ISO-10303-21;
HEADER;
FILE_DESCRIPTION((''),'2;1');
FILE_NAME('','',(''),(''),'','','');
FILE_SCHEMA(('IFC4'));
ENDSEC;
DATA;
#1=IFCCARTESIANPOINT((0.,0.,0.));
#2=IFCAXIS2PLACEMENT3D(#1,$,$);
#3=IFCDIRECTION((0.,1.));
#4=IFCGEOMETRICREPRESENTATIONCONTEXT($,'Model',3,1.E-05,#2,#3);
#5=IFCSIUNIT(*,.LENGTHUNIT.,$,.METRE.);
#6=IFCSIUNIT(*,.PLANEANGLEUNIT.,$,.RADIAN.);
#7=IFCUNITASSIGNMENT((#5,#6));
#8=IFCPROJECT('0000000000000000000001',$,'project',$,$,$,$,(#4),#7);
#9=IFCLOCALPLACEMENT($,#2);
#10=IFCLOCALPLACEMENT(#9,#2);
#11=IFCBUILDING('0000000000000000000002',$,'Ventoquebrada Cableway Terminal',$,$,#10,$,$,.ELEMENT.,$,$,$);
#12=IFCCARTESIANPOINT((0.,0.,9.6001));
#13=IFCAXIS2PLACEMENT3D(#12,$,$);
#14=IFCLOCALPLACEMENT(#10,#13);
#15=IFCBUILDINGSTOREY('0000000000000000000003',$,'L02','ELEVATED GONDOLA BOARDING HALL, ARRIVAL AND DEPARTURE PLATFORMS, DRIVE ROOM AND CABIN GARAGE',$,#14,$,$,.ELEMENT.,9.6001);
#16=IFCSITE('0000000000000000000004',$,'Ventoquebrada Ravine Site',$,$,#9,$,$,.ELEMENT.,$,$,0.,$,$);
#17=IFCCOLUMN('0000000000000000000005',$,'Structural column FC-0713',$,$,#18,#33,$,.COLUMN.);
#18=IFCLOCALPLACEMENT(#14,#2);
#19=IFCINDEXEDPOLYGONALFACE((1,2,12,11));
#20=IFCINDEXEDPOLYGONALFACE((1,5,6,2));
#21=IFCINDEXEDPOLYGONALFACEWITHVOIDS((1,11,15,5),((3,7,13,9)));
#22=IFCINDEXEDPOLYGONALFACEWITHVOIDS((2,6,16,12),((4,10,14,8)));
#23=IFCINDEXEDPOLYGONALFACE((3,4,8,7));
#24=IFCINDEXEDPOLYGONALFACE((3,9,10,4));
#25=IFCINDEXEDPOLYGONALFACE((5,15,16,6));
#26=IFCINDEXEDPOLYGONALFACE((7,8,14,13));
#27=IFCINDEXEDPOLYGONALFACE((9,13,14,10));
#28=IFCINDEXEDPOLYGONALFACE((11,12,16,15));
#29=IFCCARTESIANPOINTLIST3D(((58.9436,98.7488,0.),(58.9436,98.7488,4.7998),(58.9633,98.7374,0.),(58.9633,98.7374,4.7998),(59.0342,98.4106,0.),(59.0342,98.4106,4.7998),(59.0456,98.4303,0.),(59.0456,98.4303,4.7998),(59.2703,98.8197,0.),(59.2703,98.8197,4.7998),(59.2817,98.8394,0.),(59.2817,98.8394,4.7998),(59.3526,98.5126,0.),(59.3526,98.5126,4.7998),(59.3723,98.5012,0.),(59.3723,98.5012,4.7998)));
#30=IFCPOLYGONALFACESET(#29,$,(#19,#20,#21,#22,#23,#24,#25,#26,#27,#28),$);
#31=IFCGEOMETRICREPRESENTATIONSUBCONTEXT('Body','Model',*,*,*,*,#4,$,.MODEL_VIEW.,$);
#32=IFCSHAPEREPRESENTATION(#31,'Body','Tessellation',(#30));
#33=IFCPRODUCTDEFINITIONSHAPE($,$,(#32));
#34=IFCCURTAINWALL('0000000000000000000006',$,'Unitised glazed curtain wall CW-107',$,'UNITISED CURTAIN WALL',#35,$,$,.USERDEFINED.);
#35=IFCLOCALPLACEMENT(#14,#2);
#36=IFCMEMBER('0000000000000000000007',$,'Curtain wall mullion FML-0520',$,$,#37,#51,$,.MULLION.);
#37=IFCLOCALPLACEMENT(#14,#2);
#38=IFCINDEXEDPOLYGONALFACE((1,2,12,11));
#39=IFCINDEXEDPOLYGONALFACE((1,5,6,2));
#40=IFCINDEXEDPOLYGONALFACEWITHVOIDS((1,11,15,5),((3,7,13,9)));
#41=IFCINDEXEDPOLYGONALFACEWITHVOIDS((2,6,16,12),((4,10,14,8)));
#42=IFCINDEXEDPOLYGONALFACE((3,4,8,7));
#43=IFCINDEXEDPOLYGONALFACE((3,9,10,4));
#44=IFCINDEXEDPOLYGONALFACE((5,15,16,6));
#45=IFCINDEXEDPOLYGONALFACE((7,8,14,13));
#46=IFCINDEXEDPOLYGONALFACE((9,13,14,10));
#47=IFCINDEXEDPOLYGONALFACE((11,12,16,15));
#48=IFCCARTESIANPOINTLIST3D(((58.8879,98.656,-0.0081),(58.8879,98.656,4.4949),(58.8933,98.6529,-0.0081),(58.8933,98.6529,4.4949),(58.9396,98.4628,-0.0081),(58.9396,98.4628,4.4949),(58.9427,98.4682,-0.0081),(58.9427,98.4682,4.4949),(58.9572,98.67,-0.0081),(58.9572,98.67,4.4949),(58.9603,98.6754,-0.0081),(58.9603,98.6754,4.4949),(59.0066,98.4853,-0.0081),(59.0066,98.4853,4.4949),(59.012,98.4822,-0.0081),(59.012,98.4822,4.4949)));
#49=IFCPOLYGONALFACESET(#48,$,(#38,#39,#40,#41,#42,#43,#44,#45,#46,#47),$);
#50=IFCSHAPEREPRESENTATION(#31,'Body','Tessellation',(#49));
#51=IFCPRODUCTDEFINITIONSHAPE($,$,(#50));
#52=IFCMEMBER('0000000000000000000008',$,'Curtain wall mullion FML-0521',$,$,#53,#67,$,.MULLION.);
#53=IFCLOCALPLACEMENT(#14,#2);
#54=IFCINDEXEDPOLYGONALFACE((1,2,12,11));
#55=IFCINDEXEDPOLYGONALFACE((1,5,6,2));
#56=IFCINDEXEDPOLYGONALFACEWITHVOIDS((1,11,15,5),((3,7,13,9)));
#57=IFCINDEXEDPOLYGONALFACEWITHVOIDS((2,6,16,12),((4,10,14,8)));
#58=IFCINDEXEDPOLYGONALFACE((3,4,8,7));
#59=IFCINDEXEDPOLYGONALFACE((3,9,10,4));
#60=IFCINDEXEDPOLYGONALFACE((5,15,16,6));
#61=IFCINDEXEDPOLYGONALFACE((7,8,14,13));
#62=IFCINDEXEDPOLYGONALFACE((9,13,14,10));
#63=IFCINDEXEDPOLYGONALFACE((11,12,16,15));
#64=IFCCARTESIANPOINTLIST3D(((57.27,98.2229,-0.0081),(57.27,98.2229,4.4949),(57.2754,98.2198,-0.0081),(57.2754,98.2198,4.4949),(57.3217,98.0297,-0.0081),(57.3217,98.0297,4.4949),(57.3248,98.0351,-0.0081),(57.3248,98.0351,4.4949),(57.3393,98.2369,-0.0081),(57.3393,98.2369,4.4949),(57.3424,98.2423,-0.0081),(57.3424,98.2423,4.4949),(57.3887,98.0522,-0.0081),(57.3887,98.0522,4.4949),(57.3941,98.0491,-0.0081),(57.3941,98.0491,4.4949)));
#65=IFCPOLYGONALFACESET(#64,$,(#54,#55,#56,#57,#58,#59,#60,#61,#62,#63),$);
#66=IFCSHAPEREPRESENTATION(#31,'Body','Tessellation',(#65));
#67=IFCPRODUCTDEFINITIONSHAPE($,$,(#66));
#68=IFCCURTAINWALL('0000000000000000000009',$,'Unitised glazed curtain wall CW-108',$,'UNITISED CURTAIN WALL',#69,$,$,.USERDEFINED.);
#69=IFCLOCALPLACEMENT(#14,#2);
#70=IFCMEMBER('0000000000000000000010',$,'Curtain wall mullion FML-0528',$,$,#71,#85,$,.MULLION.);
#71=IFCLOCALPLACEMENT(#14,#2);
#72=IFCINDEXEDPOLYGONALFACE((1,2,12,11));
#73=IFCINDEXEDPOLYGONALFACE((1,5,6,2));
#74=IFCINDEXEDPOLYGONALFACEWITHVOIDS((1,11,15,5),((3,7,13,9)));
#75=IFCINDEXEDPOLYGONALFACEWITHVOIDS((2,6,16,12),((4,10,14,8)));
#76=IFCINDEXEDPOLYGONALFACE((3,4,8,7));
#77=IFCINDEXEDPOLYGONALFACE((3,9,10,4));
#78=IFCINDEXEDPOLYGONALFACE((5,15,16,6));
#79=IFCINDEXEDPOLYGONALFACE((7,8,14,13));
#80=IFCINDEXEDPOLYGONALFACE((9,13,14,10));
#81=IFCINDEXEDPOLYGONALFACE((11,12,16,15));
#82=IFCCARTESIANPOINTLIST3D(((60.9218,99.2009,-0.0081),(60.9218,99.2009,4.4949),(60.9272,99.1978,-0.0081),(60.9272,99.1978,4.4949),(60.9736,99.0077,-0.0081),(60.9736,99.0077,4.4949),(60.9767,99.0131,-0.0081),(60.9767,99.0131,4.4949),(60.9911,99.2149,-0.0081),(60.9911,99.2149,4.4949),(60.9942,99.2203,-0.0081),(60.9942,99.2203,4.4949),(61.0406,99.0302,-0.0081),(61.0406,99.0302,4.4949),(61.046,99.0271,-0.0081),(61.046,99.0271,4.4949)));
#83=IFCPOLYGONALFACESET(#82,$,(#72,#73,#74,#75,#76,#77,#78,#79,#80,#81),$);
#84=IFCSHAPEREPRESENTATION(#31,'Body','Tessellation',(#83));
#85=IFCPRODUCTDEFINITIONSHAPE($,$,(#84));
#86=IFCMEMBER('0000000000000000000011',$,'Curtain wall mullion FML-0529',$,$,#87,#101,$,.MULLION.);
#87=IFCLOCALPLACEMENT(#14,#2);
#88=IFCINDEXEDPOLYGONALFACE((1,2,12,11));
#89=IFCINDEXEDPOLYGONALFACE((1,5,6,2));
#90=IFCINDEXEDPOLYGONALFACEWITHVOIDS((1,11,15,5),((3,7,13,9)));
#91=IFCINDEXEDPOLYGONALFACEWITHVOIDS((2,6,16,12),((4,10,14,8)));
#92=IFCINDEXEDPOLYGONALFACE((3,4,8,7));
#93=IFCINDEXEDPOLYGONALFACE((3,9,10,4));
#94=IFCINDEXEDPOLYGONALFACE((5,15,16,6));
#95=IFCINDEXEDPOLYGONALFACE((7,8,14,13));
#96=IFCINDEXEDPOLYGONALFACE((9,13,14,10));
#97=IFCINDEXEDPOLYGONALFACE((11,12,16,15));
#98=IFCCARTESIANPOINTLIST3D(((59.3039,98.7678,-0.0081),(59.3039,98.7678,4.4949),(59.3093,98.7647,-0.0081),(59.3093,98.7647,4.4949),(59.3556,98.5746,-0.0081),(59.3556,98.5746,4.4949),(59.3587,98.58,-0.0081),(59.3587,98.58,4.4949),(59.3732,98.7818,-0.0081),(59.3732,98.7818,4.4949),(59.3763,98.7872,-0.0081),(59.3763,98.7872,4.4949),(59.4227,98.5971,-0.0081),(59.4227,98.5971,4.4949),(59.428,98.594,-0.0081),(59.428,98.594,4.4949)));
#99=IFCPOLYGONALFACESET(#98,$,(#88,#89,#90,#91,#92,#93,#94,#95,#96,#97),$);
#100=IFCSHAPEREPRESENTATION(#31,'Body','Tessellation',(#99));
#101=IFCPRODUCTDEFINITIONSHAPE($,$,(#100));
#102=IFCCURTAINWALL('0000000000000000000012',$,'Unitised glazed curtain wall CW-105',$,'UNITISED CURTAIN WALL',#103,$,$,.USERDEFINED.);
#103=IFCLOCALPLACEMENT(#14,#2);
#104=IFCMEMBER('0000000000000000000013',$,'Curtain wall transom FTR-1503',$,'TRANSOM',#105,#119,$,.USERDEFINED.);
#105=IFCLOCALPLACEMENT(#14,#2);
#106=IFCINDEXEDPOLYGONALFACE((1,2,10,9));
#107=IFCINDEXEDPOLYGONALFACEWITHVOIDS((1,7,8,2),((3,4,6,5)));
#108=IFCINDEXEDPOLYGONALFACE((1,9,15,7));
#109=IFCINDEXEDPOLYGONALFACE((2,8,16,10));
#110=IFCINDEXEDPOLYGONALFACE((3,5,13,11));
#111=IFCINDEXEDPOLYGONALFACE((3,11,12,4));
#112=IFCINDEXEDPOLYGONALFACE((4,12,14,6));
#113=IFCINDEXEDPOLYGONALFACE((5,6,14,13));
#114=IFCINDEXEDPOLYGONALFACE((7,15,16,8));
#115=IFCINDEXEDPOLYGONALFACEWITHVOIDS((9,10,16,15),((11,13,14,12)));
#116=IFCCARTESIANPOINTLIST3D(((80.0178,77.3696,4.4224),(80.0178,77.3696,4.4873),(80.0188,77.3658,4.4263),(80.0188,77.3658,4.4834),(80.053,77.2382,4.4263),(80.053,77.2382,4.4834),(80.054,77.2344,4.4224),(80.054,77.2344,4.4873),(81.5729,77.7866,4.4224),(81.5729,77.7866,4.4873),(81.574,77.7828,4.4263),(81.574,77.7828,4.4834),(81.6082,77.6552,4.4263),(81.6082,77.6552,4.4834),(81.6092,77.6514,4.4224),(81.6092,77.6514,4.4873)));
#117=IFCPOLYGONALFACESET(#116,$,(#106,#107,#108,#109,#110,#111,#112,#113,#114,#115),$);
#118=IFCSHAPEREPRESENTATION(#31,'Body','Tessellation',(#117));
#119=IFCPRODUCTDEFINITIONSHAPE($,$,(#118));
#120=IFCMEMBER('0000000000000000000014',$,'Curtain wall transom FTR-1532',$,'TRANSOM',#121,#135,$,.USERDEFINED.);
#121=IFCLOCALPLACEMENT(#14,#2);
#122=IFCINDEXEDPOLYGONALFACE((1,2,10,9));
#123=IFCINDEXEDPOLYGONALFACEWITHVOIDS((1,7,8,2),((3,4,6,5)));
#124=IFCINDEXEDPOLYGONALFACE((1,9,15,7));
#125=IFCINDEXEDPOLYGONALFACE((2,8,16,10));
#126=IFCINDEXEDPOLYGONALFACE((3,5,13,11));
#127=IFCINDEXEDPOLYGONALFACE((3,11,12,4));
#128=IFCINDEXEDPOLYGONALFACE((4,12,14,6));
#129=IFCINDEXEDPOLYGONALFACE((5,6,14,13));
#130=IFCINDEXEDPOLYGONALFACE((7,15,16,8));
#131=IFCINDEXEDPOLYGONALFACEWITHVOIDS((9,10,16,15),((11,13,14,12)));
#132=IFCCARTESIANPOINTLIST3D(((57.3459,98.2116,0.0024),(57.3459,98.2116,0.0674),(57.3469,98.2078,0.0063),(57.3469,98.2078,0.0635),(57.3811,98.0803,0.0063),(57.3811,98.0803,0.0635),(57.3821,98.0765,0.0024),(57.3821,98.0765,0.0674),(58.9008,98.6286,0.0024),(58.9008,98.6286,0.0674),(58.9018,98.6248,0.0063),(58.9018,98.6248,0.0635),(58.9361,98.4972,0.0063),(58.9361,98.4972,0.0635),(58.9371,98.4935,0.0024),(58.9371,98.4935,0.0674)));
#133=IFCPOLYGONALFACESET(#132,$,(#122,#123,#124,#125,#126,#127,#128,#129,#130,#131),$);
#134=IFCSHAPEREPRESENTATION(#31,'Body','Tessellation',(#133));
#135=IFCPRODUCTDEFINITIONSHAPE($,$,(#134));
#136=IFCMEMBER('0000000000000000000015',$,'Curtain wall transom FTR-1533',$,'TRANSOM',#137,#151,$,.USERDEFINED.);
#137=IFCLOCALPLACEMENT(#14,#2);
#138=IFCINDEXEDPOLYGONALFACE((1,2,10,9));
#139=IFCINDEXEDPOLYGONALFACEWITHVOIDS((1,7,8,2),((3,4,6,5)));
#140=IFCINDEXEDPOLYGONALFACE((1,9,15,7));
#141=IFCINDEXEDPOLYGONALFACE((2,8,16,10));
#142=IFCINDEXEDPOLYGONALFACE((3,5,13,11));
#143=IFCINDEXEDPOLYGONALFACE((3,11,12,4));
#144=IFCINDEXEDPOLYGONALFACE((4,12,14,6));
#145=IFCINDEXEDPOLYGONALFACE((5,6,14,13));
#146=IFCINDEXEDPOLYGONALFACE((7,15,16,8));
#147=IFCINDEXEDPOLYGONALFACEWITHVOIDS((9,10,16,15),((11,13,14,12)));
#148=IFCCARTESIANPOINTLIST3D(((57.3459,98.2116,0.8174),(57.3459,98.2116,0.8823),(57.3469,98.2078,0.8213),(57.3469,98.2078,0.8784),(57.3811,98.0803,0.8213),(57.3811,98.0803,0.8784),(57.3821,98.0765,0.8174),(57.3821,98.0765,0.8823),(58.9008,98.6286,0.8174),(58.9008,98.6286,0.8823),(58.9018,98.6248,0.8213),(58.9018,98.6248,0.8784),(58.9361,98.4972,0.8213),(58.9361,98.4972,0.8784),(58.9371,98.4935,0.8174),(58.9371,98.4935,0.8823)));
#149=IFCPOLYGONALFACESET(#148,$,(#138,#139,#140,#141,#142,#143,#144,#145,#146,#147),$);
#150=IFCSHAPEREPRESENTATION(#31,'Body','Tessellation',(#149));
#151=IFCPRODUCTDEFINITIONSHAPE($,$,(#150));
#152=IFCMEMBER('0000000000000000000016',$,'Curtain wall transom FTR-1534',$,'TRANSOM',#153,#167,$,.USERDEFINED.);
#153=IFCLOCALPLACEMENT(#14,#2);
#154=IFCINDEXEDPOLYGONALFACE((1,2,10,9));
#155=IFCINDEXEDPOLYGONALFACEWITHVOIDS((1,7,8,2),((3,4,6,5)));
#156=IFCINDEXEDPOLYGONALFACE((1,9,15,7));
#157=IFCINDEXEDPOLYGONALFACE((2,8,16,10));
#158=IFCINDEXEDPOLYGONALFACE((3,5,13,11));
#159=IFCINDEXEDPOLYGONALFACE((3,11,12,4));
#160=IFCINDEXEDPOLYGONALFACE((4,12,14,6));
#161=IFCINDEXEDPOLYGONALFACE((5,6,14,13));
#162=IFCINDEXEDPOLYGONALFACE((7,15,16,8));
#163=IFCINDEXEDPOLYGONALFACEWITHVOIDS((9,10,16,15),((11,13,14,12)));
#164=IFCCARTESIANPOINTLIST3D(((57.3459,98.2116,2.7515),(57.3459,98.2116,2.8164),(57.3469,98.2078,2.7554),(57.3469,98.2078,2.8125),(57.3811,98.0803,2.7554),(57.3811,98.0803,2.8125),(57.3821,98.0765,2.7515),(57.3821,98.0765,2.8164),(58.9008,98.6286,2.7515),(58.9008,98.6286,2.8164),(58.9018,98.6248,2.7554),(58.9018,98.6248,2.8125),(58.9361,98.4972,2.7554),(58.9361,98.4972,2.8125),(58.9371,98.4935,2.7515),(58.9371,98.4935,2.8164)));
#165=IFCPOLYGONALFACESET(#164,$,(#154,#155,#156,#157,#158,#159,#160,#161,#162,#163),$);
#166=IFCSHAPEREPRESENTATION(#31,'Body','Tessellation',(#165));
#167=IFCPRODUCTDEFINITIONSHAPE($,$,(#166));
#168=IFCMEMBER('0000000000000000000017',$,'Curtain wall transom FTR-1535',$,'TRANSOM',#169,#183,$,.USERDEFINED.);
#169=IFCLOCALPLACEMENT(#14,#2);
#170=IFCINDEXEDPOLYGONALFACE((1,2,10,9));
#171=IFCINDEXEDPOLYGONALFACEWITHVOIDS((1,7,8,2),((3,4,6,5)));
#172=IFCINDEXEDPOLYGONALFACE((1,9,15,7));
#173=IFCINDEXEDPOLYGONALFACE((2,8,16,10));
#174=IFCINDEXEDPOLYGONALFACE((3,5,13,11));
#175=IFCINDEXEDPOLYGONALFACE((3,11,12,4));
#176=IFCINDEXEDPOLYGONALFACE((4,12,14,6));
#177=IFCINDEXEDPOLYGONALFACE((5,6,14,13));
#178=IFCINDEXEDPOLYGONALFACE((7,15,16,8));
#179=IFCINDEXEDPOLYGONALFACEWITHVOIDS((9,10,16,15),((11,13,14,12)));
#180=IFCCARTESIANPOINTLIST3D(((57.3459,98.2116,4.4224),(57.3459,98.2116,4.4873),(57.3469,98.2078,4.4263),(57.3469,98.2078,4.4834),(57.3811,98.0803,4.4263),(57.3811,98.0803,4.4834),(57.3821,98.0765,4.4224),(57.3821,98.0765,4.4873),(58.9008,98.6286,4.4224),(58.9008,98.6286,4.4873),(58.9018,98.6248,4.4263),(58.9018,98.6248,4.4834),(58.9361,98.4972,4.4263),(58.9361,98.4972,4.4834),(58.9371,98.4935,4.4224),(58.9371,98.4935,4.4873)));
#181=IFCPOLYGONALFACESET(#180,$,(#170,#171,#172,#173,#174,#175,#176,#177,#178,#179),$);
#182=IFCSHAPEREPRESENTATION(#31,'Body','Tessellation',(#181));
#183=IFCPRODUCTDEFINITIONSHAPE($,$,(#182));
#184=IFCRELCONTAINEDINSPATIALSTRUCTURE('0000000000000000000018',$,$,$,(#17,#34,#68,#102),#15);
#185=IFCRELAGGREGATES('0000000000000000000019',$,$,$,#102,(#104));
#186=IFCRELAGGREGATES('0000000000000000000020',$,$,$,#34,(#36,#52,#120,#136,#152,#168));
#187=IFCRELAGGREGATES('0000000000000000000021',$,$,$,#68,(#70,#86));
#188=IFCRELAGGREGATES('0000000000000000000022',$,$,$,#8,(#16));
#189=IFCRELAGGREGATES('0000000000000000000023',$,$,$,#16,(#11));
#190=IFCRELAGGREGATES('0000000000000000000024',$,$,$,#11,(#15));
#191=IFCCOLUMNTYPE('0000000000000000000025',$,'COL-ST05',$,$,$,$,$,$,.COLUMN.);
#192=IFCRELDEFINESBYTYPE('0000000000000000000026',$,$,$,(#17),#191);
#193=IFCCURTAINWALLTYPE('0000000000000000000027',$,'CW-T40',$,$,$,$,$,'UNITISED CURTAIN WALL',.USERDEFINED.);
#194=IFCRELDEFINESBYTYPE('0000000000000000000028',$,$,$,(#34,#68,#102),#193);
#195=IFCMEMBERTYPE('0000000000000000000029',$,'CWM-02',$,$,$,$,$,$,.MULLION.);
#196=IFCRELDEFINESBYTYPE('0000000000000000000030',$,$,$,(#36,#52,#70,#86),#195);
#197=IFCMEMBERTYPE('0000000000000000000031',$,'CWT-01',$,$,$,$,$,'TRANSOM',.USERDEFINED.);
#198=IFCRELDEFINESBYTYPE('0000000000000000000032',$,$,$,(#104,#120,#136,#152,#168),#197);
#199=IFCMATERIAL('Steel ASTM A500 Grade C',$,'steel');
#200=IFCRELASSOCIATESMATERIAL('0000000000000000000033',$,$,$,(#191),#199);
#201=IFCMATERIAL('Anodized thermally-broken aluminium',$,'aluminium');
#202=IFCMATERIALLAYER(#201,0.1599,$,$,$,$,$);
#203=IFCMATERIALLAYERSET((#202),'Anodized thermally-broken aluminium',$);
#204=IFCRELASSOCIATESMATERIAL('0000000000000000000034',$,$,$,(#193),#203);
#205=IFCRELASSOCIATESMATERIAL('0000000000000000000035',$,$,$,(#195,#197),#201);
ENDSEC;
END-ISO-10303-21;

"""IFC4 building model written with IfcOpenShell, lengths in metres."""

from ifc_helpers import new_model, si_unit, direction, frame, origin, origin_2d, place, context, subcontext, project, spatial, hollow_rectangle, extrude, material, layer, layer_set, material_profile, profile_set, type_object, element, aggregate, save


model = new_model("IFC4")

# Units and contexts
model_context = context("Model", 3, precision=1e-05, world=origin(), true_north=direction((0.0, 1.0)))
body_context = subcontext(model_context, "Body", "Model", "MODEL_VIEW")
ifc_project = project(units=[si_unit("LENGTHUNIT", "METRE"), si_unit("PLANEANGLEUNIT", "RADIAN")], contexts=[model_context])

# Site, building, storey
site_placement = place(None, origin())
site = spatial("IfcSite", under=ifc_project, at=site_placement, Name="Ventoquebrada Ravine Site", CompositionType="ELEMENT", RefElevation=0.0)
building_placement = place(site_placement, origin())
building = spatial("IfcBuilding", under=site, at=building_placement, Name="Ventoquebrada Cableway Terminal", CompositionType="ELEMENT")
storey_placement = place(building_placement, frame((0.0, 0.0, 9.6001)))
storey = spatial("IfcBuildingStorey", under=building, at=storey_placement, Name="L02", Description="ELEVATED GONDOLA BOARDING HALL, ARRIVAL AND DEPARTURE PLATFORMS, DRIVE ROOM AND CABIN GARAGE", CompositionType="ELEMENT", Elevation=9.6001)

# Column
ifc_material_1 = material(Name="Steel ASTM A500 Grade C", Category="steel")
ifc_material_profile_1 = material_profile(ifc_material_1, hollow_rectangle(XDim=0.3501, YDim=0.3501, WallThickness=0.0161, at=origin_2d()), Name="HSS350X350X16")
ifc_profile_set_1 = profile_set([ifc_material_profile_1], Name="Steel ASTM A500 Grade C")
column_type = type_object("IfcColumnType", Name="COL-ST05", PredefinedType="COLUMN", material=ifc_profile_set_1)
column_placement = place(storey_placement, frame((59.158, 98.625, 0.0), z_axis=(0.0, 0.0, 1.0), x_axis=(0.965926, 0.258819, 0.0)))
element("IfcColumn", 1, at=column_placement, inside=storey, type_object=column_type, Name="Structural column FC-0713", PredefinedType="COLUMN", context=body_context, shape_type="SweptSolid", body=[
    extrude(hollow_rectangle(XDim=0.3501, YDim=0.3501, WallThickness=0.0161, at=origin_2d()), origin(), (0.0, 0.0, 1.0), 4.7998),
])

# Curtain walls, members
ifc_material_2 = material(Name="Anodized thermally-broken aluminium", Category="aluminium")
ifc_layer_1 = layer(ifc_material_2, 0.1599)
ifc_layer_set_1 = layer_set([ifc_layer_1], Name="Anodized thermally-broken aluminium")
curtain_wall_type = type_object("IfcCurtainWallType", Name="CW-T40", ElementType="UNITISED CURTAIN WALL", PredefinedType="USERDEFINED", material=ifc_layer_set_1)
curtain_wall_1_placement = place(storey_placement, origin())
curtain_wall_1 = element("IfcCurtainWall", 2, at=curtain_wall_1_placement, inside=storey, type_object=curtain_wall_type, Name="Unitised glazed curtain wall CW-107", ObjectType="UNITISED CURTAIN WALL", PredefinedType="USERDEFINED")
ifc_material_profile_2 = material_profile(ifc_material_2, hollow_rectangle(XDim=0.075, YDim=0.2, WallThickness=0.0044, at=origin_2d()), Name="CW-MUL-75X200")
ifc_profile_set_2 = profile_set([ifc_material_profile_2], Name="Anodized thermally-broken aluminium")
member_type_1 = type_object("IfcMemberType", Name="CWM-02", PredefinedType="MULLION", material=ifc_profile_set_2)
member_1_placement = place(storey_placement, frame((58.95, 98.5691, -0.0081), z_axis=(0.0, 0.0, 1.0), x_axis=(-0.965975, -0.258634, 0.0)))
member_1 = element("IfcMember", 3, at=member_1_placement, type_object=member_type_1, Name="Curtain wall mullion FML-0520", PredefinedType="MULLION", context=body_context, shape_type="SweptSolid", body=[
    extrude(hollow_rectangle(XDim=0.075, YDim=0.2, WallThickness=0.0044, at=origin_2d()), origin(), (0.0, 0.0, 1.0), 4.5029),
])
member_2_placement = place(storey_placement, frame((57.332, 98.136, -0.0081), z_axis=(0.0, 0.0, 1.0), x_axis=(-0.965975, -0.258634, 0.0)))
member_2 = element("IfcMember", 4, at=member_2_placement, type_object=member_type_1, Name="Curtain wall mullion FML-0521", PredefinedType="MULLION", context=body_context, shape_type="SweptSolid", body=[
    extrude(hollow_rectangle(XDim=0.075, YDim=0.2, WallThickness=0.0044, at=origin_2d()), origin(), (0.0, 0.0, 1.0), 4.5029),
])
curtain_wall_2_placement = place(storey_placement, origin())
curtain_wall_2 = element("IfcCurtainWall", 5, at=curtain_wall_2_placement, inside=storey, type_object=curtain_wall_type, Name="Unitised glazed curtain wall CW-108", ObjectType="UNITISED CURTAIN WALL", PredefinedType="USERDEFINED")
member_3_placement = place(storey_placement, frame((60.9839, 99.114, -0.0081), z_axis=(0.0, 0.0, 1.0), x_axis=(-0.965939, -0.258768, 0.0)))
member_3 = element("IfcMember", 6, at=member_3_placement, type_object=member_type_1, Name="Curtain wall mullion FML-0528", PredefinedType="MULLION", context=body_context, shape_type="SweptSolid", body=[
    extrude(hollow_rectangle(XDim=0.075, YDim=0.2, WallThickness=0.0044, at=origin_2d()), origin(), (0.0, 0.0, 1.0), 4.5029),
])
member_4_placement = place(storey_placement, frame((59.366, 98.6809, -0.0081), z_axis=(0.0, 0.0, 1.0), x_axis=(-0.965939, -0.258768, 0.0)))
member_4 = element("IfcMember", 7, at=member_4_placement, type_object=member_type_1, Name="Curtain wall mullion FML-0529", PredefinedType="MULLION", context=body_context, shape_type="SweptSolid", body=[
    extrude(hollow_rectangle(XDim=0.075, YDim=0.2, WallThickness=0.0044, at=origin_2d()), origin(), (0.0, 0.0, 1.0), 4.5029),
])

# Curtain wall, member
curtain_wall_3_placement = place(storey_placement, origin())
curtain_wall_3 = element("IfcCurtainWall", 8, at=curtain_wall_3_placement, inside=storey, type_object=curtain_wall_type, Name="Unitised glazed curtain wall CW-105", ObjectType="UNITISED CURTAIN WALL", PredefinedType="USERDEFINED")
ifc_material_profile_3 = material_profile(ifc_material_2, hollow_rectangle(XDim=0.0649, YDim=0.1399, WallThickness=0.0039, at=origin_2d()), Name="CW-TRN-65X140")
ifc_profile_set_3 = profile_set([ifc_material_profile_3], Name="Anodized thermally-broken aluminium")
member_type_2 = type_object("IfcMemberType", Name="CWT-01", ElementType="TRANSOM", PredefinedType="USERDEFINED", material=ifc_profile_set_3)
member_5_placement = place(storey_placement, frame((80.0359, 77.302, 4.4548), z_axis=(0.965882, 0.258984, 0.0), x_axis=(0.0, 0.0, 1.0)))
member_5 = element("IfcMember", 9, at=member_5_placement, type_object=member_type_2, Name="Curtain wall transom FTR-1503", ObjectType="TRANSOM", PredefinedType="USERDEFINED", context=body_context, shape_type="SweptSolid", body=[
    extrude(hollow_rectangle(XDim=0.0649, YDim=0.1399, WallThickness=0.0039, at=origin_2d()), origin(), (0.0, 0.0, 1.0), 1.6101),
])

# Members
member_6_placement = place(storey_placement, frame((58.9189, 98.561, 0.0349), z_axis=(-0.965872, -0.259022, 0.0), x_axis=(0.0, 0.0, 1.0)))
member_6 = element("IfcMember", 10, at=member_6_placement, type_object=member_type_2, Name="Curtain wall transom FTR-1532", ObjectType="TRANSOM", PredefinedType="USERDEFINED", context=body_context, shape_type="SweptSolid", body=[
    extrude(hollow_rectangle(XDim=0.0649, YDim=0.1399, WallThickness=0.0039, at=origin_2d()), origin(), (0.0, 0.0, 1.0), 1.6099),
])
member_7_placement = place(storey_placement, frame((58.9189, 98.561, 0.8499), z_axis=(-0.965872, -0.259022, 0.0), x_axis=(0.0, 0.0, 1.0)))
member_7 = element("IfcMember", 11, at=member_7_placement, type_object=member_type_2, Name="Curtain wall transom FTR-1533", ObjectType="TRANSOM", PredefinedType="USERDEFINED", context=body_context, shape_type="SweptSolid", body=[
    extrude(hollow_rectangle(XDim=0.0649, YDim=0.1399, WallThickness=0.0039, at=origin_2d()), origin(), (0.0, 0.0, 1.0), 1.6099),
])
member_8_placement = place(storey_placement, frame((58.9189, 98.561, 2.7839), z_axis=(-0.965872, -0.259022, 0.0), x_axis=(0.0, 0.0, 1.0)))
member_8 = element("IfcMember", 12, at=member_8_placement, type_object=member_type_2, Name="Curtain wall transom FTR-1534", ObjectType="TRANSOM", PredefinedType="USERDEFINED", context=body_context, shape_type="SweptSolid", body=[
    extrude(hollow_rectangle(XDim=0.0649, YDim=0.1399, WallThickness=0.0039, at=origin_2d()), origin(), (0.0, 0.0, 1.0), 1.6099),
])
member_9_placement = place(storey_placement, frame((58.9189, 98.561, 4.4548), z_axis=(-0.965872, -0.259022, 0.0), x_axis=(0.0, 0.0, 1.0)))
member_9 = element("IfcMember", 13, at=member_9_placement, type_object=member_type_2, Name="Curtain wall transom FTR-1535", ObjectType="TRANSOM", PredefinedType="USERDEFINED", context=body_context, shape_type="SweptSolid", body=[
    extrude(hollow_rectangle(XDim=0.0649, YDim=0.1399, WallThickness=0.0039, at=origin_2d()), origin(), (0.0, 0.0, 1.0), 1.6099),
])

aggregate(curtain_wall_3, [member_5])
aggregate(curtain_wall_1, [member_1, member_2, member_6, member_7, member_8, member_9])
aggregate(curtain_wall_2, [member_3, member_4])

save(model, "model.ifc")
